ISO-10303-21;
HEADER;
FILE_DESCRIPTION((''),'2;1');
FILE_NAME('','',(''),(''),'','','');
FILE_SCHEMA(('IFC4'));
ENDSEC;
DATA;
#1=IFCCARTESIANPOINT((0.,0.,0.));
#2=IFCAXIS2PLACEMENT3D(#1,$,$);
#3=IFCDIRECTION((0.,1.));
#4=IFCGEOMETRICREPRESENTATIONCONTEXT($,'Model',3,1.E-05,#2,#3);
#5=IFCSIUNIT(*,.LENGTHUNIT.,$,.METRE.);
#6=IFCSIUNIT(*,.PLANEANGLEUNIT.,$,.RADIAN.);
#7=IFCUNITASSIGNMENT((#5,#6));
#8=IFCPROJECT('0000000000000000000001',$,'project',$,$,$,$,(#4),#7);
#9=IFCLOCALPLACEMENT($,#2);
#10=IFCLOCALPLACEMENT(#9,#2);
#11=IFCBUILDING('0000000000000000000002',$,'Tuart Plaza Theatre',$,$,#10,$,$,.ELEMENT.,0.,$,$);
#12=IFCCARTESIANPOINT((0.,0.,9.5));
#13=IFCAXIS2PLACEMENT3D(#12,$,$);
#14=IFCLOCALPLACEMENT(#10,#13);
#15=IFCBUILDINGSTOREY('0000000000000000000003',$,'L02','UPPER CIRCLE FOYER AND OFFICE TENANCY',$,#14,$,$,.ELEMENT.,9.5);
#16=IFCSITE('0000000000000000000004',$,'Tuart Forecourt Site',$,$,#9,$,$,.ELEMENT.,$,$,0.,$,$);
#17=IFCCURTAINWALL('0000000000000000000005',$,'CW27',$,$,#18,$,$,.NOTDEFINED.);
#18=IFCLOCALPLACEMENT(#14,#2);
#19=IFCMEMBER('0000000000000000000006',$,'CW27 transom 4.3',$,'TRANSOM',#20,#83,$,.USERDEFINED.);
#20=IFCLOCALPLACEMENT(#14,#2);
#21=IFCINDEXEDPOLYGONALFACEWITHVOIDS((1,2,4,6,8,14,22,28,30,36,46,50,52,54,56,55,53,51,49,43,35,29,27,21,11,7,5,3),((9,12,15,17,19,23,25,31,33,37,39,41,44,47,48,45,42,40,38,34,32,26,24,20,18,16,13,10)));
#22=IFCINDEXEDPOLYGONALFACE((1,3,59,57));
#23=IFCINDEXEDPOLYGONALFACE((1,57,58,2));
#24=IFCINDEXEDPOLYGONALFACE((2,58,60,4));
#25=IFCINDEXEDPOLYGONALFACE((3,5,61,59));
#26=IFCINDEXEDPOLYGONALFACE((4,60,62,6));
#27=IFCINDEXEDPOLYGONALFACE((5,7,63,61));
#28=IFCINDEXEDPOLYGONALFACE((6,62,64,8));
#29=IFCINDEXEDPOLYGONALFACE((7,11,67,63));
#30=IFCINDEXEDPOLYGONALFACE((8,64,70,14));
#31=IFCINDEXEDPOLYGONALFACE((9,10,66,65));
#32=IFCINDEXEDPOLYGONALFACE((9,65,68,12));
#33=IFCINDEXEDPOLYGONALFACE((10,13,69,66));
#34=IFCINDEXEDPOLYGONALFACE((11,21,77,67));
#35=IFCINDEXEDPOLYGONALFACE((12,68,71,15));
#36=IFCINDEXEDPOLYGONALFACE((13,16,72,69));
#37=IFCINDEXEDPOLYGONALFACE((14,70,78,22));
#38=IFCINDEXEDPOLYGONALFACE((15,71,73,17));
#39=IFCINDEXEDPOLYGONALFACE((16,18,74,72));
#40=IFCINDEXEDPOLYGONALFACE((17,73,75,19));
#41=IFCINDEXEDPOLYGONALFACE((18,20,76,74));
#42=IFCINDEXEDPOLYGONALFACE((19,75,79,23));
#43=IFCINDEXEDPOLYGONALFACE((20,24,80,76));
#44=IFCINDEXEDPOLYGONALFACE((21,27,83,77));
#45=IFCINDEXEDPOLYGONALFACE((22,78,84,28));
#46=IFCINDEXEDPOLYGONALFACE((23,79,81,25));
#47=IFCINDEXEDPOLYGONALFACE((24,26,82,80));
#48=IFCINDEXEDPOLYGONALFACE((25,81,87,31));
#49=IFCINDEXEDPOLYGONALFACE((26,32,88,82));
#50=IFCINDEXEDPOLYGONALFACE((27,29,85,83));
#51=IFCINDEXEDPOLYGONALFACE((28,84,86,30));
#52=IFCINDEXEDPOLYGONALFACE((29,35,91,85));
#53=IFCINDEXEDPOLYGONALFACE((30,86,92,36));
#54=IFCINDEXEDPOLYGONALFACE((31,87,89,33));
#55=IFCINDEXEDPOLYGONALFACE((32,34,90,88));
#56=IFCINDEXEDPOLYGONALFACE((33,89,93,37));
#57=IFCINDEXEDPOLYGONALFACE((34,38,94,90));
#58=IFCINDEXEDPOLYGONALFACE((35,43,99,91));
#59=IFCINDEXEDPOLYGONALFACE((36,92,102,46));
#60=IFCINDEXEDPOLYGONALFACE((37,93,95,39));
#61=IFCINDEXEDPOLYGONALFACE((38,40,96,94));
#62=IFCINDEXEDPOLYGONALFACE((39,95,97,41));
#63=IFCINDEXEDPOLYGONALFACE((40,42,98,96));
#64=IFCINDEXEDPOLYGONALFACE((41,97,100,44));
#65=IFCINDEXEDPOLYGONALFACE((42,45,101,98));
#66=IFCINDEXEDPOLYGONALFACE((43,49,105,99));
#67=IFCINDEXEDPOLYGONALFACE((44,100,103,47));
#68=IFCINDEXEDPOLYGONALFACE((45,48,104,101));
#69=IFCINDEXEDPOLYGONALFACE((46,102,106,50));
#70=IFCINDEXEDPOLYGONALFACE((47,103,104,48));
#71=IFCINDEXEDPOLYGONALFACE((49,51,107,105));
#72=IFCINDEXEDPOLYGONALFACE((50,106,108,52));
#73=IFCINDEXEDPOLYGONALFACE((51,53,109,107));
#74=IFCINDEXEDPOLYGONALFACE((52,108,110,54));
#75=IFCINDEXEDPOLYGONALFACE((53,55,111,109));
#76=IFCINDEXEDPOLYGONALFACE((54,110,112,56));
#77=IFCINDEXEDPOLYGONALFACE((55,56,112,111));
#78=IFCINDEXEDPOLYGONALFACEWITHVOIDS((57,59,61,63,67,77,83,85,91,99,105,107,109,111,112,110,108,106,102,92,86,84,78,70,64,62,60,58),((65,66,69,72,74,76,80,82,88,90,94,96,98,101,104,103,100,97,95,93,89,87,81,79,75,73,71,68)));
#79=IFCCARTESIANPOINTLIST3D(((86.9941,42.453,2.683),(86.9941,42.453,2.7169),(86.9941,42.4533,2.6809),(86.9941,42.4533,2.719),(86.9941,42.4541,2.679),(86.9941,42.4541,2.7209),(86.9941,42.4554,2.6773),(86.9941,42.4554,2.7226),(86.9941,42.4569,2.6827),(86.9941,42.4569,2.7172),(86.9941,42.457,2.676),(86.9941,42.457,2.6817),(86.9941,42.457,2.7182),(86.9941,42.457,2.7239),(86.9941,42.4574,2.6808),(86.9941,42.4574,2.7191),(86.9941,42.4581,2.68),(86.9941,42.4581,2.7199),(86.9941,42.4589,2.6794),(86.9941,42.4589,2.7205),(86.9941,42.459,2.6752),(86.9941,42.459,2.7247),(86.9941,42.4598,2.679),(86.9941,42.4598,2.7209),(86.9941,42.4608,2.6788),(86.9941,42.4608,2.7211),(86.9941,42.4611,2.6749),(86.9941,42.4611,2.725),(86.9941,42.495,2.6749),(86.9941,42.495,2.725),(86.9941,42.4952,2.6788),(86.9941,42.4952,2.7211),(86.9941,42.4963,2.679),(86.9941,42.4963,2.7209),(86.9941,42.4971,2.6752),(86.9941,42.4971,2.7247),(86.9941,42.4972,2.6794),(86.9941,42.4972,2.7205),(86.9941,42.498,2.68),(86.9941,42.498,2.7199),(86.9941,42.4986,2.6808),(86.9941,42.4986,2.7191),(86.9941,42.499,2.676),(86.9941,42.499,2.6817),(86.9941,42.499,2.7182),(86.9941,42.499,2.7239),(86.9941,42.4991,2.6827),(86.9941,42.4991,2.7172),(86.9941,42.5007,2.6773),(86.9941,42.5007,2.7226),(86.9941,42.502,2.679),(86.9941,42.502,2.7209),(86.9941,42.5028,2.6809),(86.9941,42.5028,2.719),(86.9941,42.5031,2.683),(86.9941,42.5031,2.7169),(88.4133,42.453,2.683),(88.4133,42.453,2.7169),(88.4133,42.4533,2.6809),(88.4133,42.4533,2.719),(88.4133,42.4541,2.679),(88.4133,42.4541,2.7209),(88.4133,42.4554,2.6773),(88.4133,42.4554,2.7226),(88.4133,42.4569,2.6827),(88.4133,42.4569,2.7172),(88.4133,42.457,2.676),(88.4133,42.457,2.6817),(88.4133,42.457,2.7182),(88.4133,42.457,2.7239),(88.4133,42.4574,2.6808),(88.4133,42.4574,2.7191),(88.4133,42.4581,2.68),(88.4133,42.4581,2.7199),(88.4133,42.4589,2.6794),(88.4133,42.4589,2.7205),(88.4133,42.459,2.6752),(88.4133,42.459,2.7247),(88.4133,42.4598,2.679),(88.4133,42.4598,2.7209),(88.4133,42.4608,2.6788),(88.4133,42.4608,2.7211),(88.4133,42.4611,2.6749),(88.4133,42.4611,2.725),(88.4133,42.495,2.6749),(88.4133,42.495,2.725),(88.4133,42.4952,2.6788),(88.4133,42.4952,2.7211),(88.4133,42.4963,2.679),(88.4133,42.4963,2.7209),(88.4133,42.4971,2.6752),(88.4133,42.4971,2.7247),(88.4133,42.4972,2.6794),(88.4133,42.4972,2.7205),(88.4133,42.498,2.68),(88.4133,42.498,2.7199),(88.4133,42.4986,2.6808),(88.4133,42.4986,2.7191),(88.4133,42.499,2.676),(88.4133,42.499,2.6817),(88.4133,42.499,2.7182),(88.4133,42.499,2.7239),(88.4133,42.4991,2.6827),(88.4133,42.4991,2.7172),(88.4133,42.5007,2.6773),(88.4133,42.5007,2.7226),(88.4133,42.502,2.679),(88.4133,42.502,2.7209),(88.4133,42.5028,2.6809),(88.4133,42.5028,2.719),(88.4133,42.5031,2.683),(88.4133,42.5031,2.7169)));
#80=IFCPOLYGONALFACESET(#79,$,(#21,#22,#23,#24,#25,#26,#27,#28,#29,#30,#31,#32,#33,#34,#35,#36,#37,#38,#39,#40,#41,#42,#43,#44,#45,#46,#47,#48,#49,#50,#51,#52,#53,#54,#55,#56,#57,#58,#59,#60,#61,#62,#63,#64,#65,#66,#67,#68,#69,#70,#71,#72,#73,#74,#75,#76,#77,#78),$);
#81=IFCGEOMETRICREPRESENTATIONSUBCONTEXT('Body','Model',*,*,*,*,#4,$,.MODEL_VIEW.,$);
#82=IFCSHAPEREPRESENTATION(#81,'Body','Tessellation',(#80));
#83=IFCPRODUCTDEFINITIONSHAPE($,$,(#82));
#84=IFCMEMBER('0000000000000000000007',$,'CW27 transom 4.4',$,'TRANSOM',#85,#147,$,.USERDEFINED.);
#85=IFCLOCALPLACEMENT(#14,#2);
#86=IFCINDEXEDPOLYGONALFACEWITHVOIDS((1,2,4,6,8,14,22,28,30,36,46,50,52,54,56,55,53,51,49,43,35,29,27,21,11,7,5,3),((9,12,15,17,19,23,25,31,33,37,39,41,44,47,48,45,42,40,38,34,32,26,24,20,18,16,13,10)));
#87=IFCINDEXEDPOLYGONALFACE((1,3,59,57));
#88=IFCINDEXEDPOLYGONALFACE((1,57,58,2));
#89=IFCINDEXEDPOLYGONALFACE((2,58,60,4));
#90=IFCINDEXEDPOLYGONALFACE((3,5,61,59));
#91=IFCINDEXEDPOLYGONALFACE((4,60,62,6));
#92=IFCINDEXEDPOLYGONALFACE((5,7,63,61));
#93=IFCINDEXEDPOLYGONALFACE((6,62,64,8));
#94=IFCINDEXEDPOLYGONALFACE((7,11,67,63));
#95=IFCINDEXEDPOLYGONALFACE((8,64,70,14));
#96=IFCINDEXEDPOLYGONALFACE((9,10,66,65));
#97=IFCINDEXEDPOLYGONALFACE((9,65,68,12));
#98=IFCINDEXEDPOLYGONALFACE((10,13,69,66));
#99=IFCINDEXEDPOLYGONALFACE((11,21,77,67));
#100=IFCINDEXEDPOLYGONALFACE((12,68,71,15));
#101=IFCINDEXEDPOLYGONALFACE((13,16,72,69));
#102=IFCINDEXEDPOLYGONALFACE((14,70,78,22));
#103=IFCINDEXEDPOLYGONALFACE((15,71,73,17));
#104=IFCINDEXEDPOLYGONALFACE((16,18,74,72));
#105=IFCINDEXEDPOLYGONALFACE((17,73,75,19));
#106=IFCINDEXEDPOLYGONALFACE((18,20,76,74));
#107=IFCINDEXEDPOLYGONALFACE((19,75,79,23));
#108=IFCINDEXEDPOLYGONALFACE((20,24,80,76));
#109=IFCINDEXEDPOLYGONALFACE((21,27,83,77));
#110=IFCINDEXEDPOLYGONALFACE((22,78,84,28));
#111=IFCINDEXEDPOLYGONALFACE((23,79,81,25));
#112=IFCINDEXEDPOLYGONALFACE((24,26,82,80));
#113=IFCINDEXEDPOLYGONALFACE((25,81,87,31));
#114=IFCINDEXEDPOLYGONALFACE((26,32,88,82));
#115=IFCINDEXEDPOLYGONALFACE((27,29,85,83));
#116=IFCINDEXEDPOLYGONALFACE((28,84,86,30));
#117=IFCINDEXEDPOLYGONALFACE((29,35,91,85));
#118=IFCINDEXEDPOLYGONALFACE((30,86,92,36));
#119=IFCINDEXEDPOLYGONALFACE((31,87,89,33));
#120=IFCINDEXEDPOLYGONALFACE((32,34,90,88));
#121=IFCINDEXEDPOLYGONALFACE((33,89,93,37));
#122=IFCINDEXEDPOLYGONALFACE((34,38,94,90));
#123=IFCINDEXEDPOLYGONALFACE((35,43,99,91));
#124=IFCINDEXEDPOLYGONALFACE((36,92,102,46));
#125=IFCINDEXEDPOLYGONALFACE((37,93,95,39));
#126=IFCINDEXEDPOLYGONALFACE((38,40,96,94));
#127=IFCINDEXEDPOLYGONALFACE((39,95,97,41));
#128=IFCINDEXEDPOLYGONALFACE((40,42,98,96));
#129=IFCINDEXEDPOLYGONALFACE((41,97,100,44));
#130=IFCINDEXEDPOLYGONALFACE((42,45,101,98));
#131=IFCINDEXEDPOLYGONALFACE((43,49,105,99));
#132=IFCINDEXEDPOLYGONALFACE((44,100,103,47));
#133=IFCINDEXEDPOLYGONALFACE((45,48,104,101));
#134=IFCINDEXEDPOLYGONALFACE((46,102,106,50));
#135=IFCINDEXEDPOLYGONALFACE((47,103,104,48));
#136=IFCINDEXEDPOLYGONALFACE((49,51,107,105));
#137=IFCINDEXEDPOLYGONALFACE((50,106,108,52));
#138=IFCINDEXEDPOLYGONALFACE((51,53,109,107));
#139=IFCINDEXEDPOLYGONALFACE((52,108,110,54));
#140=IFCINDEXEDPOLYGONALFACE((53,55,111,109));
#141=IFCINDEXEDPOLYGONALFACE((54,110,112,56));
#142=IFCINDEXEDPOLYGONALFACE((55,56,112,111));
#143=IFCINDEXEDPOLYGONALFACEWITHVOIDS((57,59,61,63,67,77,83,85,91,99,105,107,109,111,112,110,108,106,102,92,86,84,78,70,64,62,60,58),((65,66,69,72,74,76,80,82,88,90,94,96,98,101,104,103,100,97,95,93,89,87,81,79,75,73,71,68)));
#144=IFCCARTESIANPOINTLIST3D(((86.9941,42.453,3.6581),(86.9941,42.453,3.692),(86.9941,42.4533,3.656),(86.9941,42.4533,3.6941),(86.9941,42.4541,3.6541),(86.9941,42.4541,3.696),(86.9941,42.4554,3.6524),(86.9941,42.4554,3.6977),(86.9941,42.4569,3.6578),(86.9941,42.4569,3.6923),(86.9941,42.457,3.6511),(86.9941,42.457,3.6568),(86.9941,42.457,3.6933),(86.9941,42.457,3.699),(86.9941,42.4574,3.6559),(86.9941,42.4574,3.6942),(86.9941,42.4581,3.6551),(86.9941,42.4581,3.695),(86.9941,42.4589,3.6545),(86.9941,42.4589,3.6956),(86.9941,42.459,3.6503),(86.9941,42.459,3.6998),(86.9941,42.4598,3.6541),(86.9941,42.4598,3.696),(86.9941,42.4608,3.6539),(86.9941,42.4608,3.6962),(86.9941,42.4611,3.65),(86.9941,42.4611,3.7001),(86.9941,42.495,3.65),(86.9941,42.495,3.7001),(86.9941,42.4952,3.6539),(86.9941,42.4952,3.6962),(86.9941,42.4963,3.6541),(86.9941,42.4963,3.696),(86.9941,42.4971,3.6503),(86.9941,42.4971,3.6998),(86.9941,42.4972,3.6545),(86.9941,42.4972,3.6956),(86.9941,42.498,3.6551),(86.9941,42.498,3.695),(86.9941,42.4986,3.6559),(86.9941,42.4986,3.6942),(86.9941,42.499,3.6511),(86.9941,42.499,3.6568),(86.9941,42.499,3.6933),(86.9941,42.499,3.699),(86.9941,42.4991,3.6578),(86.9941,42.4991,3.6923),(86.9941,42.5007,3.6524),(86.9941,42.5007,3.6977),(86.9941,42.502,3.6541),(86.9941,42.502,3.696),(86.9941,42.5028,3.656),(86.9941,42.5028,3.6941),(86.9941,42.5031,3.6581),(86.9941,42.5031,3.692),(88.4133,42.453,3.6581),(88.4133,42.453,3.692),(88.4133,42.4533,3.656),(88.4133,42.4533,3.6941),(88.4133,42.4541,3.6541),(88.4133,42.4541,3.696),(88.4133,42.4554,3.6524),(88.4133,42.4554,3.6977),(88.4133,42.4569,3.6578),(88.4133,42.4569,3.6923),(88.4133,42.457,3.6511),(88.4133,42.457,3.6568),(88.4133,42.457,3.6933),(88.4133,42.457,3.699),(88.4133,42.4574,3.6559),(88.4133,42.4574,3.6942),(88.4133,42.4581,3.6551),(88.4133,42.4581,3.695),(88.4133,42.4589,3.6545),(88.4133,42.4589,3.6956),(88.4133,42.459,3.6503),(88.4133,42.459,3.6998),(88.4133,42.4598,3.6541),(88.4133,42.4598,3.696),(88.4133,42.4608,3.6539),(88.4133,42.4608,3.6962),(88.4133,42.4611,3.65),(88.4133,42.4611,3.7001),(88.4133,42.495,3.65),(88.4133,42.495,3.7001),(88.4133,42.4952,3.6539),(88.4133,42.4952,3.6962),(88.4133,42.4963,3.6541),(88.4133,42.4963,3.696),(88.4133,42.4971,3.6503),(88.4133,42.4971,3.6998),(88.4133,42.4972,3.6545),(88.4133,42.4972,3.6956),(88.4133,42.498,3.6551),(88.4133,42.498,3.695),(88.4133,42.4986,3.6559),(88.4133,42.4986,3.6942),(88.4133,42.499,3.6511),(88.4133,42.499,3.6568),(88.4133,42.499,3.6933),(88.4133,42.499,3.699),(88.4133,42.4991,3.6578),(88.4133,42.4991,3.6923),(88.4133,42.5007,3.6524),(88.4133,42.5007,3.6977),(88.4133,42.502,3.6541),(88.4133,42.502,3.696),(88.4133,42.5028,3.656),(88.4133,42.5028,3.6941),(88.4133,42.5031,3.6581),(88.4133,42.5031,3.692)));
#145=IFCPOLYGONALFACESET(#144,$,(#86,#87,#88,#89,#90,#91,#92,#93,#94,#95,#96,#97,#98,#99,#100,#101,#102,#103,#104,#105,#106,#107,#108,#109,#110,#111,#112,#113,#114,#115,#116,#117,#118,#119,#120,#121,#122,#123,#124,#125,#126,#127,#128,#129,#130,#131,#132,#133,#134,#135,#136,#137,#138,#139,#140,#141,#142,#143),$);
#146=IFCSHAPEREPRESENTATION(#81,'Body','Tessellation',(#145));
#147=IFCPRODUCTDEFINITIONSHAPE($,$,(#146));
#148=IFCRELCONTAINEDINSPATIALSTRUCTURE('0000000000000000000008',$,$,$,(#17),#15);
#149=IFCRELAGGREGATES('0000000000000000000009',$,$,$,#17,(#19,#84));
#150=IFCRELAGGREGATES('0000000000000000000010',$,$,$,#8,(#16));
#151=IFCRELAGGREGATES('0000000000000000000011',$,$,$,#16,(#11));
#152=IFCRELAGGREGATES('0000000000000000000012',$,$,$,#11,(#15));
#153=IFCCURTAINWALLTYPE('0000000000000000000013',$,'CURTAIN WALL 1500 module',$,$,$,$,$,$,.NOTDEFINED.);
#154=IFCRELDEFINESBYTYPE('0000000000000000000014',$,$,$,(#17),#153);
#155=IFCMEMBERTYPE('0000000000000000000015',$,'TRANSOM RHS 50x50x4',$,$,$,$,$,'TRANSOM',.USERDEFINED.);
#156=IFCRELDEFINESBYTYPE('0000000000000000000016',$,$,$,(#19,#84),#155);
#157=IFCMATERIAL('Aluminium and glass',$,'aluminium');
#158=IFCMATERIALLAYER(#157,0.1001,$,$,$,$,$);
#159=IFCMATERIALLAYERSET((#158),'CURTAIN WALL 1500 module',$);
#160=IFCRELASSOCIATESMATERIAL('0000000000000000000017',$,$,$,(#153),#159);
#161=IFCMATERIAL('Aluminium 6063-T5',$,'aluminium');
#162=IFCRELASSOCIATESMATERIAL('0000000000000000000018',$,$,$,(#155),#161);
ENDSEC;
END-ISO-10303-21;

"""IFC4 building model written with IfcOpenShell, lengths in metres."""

from ifc_helpers import new_model, si_unit, direction, frame, origin, origin_2d, place, context, subcontext, project, spatial, hollow_rectangle, extrude, material, layer, layer_set, material_profile, profile_set, type_object, element, aggregate, save


model = new_model("IFC4")

# Units and contexts
model_context = context("Model", 3, precision=1e-05, world=origin(), true_north=direction((0.0, 1.0)))
body_context = subcontext(model_context, "Body", "Model", "MODEL_VIEW")
ifc_project = project(units=[si_unit("LENGTHUNIT", "METRE"), si_unit("PLANEANGLEUNIT", "RADIAN")], contexts=[model_context])

# Site, building, storey
site_placement = place(None, origin())
site = spatial("IfcSite", under=ifc_project, at=site_placement, Name="Tuart Forecourt Site", CompositionType="ELEMENT", RefElevation=0.0)
building_placement = place(site_placement, origin())
building = spatial("IfcBuilding", under=site, at=building_placement, Name="Tuart Plaza Theatre", CompositionType="ELEMENT", ElevationOfRefHeight=0.0)
storey_placement = place(building_placement, frame((0.0, 0.0, 9.5)))
storey = spatial("IfcBuildingStorey", under=building, at=storey_placement, Name="L02", Description="UPPER CIRCLE FOYER AND OFFICE TENANCY", CompositionType="ELEMENT", Elevation=9.5)

# Curtain wall
ifc_material_1 = material(Name="Aluminium and glass", Category="aluminium")
ifc_layer_1 = layer(ifc_material_1, 0.1001)
ifc_layer_set_1 = layer_set([ifc_layer_1], Name="CURTAIN WALL 1500 module")
curtain_wall_type = type_object("IfcCurtainWallType", Name="CURTAIN WALL 1500 module", PredefinedType="NOTDEFINED", material=ifc_layer_set_1)
curtain_wall_1_placement = place(storey_placement, origin())
curtain_wall_1 = element("IfcCurtainWall", 1, at=curtain_wall_1_placement, inside=storey, type_object=curtain_wall_type, Name="CW27", PredefinedType="NOTDEFINED")

# Members
ifc_material_2 = material(Name="Aluminium 6063-T5", Category="aluminium")
ifc_material_profile_1 = material_profile(ifc_material_2, hollow_rectangle(XDim=0.05, YDim=0.05, WallThickness=0.0039, InnerFilletRadius=0.0039, OuterFilletRadius=0.0081, at=origin_2d()), Name="RHS 50x50x4")
ifc_profile_set_1 = profile_set([ifc_material_profile_1], Name="Aluminium 6063-T5")
member_type_1 = type_object("IfcMemberType", Name="TRANSOM RHS 50x50x4", ElementType="TRANSOM", PredefinedType="USERDEFINED", material=ifc_profile_set_1)
member_1_placement = place(storey_placement, frame((86.9941, 42.478, 2.7), z_axis=(1.0, 0.0, 0.0), x_axis=(0.0, 1.0, 0.0)))
member_1 = element("IfcMember", 2, at=member_1_placement, type_object=member_type_1, Name="CW27 transom 4.3", ObjectType="TRANSOM", PredefinedType="USERDEFINED", context=body_context, shape_type="SweptSolid", body=[
    extrude(hollow_rectangle(XDim=0.05, YDim=0.05, WallThickness=0.0039, InnerFilletRadius=0.0039, OuterFilletRadius=0.0081, at=origin_2d()), origin(), (0.0, 0.0, 1.0), 1.4192),
])
member_2_placement = place(storey_placement, frame((86.9941, 42.478, 3.675), z_axis=(1.0, 0.0, 0.0), x_axis=(0.0, 1.0, 0.0)))
member_2 = element("IfcMember", 3, at=member_2_placement, type_object=member_type_1, Name="CW27 transom 4.4", ObjectType="TRANSOM", PredefinedType="USERDEFINED", context=body_context, shape_type="SweptSolid", body=[
    extrude(hollow_rectangle(XDim=0.05, YDim=0.05, WallThickness=0.0039, InnerFilletRadius=0.0039, OuterFilletRadius=0.0081, at=origin_2d()), origin(), (0.0, 0.0, 1.0), 1.4192),
])

aggregate(curtain_wall_1, [member_1, member_2])

save(model, "model.ifc")
